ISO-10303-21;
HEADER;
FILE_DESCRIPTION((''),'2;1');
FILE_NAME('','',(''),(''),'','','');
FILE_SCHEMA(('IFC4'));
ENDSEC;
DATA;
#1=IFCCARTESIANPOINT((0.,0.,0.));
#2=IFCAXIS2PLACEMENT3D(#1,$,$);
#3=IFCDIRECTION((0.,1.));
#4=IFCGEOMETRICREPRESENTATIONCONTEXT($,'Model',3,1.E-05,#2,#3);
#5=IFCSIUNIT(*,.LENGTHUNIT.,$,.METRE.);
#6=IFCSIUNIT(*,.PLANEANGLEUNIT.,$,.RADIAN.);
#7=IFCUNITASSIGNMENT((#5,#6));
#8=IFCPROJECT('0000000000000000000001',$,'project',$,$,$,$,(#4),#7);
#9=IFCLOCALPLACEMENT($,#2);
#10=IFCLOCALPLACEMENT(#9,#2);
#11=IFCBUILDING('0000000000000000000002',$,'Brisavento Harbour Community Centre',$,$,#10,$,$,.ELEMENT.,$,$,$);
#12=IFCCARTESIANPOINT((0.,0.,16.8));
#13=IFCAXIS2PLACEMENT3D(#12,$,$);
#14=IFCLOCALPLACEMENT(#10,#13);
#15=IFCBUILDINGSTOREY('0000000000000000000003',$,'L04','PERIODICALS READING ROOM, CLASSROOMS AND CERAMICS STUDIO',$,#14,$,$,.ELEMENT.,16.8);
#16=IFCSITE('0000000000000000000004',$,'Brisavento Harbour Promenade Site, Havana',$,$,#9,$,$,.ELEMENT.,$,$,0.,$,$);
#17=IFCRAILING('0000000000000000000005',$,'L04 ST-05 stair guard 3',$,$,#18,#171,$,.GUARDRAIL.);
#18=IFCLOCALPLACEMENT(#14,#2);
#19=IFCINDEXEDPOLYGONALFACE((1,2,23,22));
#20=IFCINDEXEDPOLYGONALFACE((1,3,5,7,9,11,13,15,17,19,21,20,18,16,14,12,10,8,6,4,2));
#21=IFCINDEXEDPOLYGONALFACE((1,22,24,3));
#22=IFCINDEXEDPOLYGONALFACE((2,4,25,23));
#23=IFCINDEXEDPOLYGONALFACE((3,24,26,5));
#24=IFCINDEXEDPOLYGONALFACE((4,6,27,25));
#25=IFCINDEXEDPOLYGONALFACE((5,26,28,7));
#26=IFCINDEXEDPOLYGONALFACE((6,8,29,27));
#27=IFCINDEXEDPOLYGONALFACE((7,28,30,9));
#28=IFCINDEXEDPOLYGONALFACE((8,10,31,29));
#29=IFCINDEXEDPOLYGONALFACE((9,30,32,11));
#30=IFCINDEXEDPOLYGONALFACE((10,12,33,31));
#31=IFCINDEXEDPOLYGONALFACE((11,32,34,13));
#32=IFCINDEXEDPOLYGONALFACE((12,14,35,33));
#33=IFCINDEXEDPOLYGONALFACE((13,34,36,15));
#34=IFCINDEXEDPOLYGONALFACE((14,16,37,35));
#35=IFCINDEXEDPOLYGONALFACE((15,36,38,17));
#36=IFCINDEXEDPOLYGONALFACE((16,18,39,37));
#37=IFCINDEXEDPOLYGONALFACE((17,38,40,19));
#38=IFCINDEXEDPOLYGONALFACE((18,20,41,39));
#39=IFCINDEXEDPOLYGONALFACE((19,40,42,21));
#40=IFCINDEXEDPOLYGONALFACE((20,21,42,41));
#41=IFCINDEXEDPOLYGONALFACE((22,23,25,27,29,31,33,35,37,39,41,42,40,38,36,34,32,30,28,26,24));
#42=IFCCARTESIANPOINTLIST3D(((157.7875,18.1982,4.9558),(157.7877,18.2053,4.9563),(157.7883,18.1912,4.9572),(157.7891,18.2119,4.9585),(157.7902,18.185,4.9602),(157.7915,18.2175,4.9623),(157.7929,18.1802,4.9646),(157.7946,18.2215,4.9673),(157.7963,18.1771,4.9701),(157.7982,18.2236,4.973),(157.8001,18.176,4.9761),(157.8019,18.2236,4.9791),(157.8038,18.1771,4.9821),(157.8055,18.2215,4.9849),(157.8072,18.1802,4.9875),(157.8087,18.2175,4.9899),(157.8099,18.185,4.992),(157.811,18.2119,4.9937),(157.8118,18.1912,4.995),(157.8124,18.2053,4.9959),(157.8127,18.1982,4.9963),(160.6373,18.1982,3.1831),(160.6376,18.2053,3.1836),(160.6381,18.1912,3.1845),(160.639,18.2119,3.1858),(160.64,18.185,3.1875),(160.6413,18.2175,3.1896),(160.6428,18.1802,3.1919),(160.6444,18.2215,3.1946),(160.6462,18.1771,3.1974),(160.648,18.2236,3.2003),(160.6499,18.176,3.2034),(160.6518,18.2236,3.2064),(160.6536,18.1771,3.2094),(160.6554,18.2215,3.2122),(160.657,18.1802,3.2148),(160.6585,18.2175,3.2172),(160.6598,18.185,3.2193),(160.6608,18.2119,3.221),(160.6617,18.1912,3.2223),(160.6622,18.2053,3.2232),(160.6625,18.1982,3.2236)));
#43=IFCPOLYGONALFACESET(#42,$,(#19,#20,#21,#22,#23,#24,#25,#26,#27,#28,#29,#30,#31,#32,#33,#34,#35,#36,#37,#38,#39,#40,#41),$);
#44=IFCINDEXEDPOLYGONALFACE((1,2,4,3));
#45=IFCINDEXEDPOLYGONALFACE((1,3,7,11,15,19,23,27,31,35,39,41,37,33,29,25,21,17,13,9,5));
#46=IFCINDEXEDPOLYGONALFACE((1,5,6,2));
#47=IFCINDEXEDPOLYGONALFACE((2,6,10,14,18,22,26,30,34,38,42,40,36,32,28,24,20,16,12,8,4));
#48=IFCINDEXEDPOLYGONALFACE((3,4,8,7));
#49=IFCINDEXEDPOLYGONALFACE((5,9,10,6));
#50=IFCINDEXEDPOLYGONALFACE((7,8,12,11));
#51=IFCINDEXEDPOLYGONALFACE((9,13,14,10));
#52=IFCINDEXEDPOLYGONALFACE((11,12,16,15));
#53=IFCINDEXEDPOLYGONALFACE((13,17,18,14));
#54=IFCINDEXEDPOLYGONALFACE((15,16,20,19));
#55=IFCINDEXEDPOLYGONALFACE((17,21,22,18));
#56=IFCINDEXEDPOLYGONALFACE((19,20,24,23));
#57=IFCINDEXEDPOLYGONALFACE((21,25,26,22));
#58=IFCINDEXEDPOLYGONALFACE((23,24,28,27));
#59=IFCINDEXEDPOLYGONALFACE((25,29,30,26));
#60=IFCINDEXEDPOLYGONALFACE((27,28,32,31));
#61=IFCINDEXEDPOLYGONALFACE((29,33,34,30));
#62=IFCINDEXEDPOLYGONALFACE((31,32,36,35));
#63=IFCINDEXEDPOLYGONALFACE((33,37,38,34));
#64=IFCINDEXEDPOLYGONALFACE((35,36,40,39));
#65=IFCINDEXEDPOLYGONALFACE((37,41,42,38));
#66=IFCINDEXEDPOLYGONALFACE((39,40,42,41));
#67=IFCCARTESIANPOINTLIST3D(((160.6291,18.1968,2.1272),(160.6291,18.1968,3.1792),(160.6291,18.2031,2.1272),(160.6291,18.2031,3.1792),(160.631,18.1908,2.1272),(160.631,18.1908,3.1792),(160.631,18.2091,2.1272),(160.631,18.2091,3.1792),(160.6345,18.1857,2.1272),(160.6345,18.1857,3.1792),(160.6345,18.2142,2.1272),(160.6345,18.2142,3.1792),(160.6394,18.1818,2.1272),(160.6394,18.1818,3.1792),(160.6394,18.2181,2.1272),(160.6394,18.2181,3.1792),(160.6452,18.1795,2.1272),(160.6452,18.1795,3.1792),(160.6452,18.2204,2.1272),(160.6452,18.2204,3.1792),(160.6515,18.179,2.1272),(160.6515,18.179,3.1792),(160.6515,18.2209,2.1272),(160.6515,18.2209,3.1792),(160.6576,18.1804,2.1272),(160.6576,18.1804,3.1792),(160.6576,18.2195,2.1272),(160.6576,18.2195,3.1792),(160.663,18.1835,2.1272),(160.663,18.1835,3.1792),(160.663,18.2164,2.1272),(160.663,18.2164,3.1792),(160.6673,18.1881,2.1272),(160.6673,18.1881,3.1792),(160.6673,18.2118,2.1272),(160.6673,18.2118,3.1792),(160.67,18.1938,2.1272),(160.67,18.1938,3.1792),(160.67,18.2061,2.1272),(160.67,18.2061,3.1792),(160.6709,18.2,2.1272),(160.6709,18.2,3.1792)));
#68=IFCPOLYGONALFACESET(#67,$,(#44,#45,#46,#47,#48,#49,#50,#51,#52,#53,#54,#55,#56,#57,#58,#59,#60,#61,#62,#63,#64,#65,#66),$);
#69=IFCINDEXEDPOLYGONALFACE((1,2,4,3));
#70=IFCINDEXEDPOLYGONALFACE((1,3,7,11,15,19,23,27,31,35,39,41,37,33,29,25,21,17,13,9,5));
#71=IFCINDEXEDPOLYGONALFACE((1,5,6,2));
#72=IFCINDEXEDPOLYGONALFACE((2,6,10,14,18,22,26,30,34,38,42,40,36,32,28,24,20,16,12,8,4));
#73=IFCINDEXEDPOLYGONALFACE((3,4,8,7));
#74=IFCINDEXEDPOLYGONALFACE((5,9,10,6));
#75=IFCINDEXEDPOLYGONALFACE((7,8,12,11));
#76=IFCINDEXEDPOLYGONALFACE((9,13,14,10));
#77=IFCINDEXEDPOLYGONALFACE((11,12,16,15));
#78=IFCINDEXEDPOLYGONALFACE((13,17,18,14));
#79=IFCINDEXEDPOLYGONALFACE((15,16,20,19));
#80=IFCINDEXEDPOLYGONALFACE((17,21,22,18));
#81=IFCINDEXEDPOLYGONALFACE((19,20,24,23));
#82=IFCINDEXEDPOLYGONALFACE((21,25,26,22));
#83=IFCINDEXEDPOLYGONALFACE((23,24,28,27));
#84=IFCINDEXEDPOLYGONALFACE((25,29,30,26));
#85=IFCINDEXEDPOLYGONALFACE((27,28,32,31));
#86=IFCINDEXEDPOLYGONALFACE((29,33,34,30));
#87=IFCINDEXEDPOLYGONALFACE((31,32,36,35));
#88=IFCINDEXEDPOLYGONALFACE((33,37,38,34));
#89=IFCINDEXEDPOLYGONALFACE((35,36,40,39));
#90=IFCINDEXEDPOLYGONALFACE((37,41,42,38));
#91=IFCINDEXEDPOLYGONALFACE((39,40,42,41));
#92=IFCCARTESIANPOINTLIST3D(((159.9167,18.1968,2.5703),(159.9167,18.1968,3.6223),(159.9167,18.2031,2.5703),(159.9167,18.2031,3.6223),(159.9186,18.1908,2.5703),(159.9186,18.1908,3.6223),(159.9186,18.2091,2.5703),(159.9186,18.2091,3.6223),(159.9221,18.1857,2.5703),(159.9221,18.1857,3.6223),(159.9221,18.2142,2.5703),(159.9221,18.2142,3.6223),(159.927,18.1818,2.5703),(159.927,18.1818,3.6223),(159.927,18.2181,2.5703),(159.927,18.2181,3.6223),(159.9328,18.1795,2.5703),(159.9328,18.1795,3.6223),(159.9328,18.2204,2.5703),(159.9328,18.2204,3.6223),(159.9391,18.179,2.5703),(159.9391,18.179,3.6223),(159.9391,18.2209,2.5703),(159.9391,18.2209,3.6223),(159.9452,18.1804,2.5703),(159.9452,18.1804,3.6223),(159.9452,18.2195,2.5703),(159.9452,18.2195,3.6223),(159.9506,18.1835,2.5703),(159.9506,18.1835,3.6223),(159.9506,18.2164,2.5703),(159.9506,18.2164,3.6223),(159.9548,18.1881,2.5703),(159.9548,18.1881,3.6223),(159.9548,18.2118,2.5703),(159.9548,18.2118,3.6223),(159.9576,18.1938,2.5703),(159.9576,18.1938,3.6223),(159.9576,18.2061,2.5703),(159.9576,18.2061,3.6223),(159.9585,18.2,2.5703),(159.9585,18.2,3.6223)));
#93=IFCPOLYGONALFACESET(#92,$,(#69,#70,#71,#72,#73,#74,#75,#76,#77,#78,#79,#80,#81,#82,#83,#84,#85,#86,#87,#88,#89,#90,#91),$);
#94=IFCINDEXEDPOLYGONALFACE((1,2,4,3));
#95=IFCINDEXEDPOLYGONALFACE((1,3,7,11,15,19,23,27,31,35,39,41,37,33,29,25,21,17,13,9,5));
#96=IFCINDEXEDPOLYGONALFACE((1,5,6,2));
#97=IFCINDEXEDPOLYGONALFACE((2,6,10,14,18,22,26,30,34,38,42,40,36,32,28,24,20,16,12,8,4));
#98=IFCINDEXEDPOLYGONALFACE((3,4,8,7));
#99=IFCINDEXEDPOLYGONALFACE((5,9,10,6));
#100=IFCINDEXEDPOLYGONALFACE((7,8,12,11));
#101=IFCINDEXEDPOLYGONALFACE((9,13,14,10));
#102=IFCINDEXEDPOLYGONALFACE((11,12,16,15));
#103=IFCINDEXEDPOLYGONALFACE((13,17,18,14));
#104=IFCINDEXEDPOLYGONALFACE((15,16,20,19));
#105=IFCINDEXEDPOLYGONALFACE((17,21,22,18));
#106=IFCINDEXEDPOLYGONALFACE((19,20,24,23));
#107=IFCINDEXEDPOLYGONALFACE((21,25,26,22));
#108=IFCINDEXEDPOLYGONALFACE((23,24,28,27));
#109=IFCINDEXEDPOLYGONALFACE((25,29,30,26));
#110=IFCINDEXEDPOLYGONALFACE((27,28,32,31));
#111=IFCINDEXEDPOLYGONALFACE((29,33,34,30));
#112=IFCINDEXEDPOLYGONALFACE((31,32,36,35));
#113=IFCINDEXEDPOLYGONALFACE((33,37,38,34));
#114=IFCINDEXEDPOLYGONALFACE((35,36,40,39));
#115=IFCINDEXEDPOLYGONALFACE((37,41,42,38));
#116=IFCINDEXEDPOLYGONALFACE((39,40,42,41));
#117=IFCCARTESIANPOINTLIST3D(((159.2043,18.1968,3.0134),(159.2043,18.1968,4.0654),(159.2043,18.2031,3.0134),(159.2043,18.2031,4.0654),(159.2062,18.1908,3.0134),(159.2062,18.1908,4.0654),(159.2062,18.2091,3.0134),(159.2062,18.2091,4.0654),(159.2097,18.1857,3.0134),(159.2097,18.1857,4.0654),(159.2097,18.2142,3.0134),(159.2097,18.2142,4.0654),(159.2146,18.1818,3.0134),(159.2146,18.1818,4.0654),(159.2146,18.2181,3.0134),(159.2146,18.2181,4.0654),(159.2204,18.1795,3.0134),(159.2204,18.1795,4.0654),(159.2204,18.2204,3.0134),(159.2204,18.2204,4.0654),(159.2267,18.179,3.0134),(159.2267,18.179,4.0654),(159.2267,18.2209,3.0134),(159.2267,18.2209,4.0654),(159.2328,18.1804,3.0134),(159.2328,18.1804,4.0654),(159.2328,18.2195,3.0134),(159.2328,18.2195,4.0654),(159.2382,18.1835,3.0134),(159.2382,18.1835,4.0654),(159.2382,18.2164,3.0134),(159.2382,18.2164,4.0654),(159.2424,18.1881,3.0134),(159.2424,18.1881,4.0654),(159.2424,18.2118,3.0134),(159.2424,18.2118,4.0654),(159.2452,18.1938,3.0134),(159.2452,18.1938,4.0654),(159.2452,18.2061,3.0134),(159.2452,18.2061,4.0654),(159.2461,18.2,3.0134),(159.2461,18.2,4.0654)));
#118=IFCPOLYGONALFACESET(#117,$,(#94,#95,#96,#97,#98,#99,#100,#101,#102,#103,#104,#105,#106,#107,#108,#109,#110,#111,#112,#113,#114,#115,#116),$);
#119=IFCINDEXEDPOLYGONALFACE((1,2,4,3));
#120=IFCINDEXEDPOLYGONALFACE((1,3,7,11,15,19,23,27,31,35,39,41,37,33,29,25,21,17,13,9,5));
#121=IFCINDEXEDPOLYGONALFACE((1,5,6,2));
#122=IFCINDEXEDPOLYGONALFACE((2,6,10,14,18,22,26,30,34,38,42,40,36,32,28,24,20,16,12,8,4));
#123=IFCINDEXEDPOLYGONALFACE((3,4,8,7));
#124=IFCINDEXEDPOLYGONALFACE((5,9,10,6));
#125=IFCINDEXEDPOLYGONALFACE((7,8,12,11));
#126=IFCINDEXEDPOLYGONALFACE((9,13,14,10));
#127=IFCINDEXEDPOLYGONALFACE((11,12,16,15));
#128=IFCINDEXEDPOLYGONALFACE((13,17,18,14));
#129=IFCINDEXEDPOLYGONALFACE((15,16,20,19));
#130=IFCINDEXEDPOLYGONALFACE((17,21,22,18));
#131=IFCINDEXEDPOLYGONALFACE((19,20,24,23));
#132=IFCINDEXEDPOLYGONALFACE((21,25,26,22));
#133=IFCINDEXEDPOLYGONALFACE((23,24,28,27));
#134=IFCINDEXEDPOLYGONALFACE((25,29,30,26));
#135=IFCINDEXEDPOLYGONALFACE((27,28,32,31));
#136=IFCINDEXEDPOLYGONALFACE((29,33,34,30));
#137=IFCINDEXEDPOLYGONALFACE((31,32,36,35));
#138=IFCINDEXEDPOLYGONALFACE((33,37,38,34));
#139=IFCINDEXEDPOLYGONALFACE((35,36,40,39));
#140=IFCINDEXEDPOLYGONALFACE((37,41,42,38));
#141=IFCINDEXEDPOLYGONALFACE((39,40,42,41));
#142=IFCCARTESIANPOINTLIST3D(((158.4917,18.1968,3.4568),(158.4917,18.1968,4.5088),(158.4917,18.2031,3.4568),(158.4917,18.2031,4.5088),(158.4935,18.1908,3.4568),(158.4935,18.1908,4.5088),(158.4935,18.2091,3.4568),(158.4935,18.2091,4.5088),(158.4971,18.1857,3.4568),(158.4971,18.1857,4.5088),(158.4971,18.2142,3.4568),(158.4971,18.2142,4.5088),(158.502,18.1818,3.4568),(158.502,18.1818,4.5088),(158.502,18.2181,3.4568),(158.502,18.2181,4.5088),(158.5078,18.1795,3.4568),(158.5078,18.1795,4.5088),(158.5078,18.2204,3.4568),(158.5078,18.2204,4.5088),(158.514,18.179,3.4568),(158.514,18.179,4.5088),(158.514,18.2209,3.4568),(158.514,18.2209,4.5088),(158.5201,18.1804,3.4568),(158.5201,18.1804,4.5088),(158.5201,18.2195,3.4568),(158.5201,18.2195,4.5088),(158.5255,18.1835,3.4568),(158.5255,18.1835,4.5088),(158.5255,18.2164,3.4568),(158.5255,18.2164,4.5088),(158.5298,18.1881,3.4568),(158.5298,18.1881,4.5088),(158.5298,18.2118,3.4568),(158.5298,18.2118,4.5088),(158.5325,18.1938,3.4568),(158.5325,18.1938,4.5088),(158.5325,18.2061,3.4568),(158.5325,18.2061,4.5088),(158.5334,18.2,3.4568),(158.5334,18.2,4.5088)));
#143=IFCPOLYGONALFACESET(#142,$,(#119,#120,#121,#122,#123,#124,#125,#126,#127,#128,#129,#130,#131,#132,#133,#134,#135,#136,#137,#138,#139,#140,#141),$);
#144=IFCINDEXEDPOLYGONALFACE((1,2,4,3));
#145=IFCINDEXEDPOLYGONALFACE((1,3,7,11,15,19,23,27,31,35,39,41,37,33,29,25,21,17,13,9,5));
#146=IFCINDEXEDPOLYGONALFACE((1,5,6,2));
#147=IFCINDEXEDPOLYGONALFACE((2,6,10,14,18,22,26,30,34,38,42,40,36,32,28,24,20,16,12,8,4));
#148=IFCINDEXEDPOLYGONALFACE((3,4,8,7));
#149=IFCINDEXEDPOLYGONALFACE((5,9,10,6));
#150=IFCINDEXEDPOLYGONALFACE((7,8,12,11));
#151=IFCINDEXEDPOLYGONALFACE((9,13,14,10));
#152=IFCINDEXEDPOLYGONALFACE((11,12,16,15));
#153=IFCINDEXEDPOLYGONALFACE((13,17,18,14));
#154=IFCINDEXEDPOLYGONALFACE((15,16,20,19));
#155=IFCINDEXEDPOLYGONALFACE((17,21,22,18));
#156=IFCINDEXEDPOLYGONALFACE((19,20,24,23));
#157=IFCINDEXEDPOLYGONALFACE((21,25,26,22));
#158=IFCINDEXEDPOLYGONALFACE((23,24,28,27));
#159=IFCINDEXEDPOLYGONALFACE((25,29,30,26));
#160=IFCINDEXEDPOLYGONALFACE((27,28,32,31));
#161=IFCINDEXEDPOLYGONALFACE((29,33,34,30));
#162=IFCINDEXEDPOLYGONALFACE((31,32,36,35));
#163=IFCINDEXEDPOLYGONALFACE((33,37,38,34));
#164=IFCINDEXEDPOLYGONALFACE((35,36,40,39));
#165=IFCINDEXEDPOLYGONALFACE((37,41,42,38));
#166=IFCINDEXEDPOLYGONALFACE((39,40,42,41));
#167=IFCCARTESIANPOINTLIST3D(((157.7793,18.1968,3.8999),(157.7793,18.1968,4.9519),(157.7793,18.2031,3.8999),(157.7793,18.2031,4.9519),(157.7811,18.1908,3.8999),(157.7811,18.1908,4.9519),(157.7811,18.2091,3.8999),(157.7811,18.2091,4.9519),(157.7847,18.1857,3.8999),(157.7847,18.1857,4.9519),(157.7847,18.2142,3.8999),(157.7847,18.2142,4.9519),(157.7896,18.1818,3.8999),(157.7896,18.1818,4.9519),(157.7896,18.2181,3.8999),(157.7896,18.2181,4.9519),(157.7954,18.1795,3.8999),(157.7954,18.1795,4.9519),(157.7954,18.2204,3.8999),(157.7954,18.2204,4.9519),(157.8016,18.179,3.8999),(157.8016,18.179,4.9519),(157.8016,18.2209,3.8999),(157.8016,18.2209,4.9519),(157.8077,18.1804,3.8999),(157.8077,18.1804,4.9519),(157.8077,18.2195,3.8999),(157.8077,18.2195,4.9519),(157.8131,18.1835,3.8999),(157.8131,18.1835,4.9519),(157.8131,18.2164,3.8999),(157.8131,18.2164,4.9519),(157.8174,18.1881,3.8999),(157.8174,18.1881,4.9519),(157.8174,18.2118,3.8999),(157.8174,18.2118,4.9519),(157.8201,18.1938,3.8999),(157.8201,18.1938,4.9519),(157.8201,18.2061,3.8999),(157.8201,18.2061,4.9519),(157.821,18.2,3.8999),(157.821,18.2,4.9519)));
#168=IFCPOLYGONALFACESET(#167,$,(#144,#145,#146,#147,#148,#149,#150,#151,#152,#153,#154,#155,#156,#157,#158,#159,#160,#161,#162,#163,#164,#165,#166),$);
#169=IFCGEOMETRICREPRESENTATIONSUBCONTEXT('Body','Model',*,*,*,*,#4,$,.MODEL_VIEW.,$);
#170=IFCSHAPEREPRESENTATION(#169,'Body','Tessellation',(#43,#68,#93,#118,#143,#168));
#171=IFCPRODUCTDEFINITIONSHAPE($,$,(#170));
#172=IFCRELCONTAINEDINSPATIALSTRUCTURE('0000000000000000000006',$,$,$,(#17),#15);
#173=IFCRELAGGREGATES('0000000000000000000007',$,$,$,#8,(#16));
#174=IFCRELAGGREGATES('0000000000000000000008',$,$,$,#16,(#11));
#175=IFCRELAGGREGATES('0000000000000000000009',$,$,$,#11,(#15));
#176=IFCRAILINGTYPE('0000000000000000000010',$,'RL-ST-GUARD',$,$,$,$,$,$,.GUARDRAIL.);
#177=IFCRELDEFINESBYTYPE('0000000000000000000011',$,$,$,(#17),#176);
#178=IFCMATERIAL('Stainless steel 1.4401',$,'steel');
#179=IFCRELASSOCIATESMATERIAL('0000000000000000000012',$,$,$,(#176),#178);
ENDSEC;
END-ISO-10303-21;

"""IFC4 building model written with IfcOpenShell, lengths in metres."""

from ifc_helpers import new_model, si_unit, direction, frame, origin, origin_2d, place, context, subcontext, project, spatial, circle, extrude, material, type_object, element, save


model = new_model("IFC4")

# Units and contexts
model_context = context("Model", 3, precision=1e-05, world=origin(), true_north=direction((0.0, 1.0)))
body_context = subcontext(model_context, "Body", "Model", "MODEL_VIEW")
ifc_project = project(units=[si_unit("LENGTHUNIT", "METRE"), si_unit("PLANEANGLEUNIT", "RADIAN")], contexts=[model_context])

# Site, building, storey
site_placement = place(None, origin())
site = spatial("IfcSite", under=ifc_project, at=site_placement, Name="Brisavento Harbour Promenade Site, Havana", CompositionType="ELEMENT", RefElevation=0.0)
building_placement = place(site_placement, origin())
building = spatial("IfcBuilding", under=site, at=building_placement, Name="Brisavento Harbour Community Centre", CompositionType="ELEMENT")
storey_placement = place(building_placement, frame((0.0, 0.0, 16.8)))
storey = spatial("IfcBuildingStorey", under=building, at=storey_placement, Name="L04", Description="PERIODICALS READING ROOM, CLASSROOMS AND CERAMICS STUDIO", CompositionType="ELEMENT", Elevation=16.8)

# Railing
ifc_material_1 = material(Name="Stainless steel 1.4401", Category="steel")
railing_type_1 = type_object("IfcRailingType", Name="RL-ST-GUARD", PredefinedType="GUARDRAIL", material=ifc_material_1)
railing_1_placement = place(storey_placement, frame((160.6499, 18.2, 2.1272)))
element("IfcRailing", 1, at=railing_1_placement, inside=storey, type_object=railing_type_1, Name="L04 ST-05 stair guard 3", PredefinedType="GUARDRAIL", context=body_context, shape_type="SweptSolid", body=[
    extrude(circle(Radius=0.0239, at=origin_2d()), frame((0.0, 0.0, 1.0762), z_axis=(-0.849128, 0.0, 0.528187), x_axis=(0.0, -1.0, 0.0)), (0.0, 0.0, 1.0), 3.3562),
    extrude(circle(Radius=0.021, at=origin_2d()), origin(), (0.0, 0.0, 1.0), 1.052),
    extrude(circle(Radius=0.021, at=origin_2d()), frame((-0.7124, 0.0, 0.4431)), (0.0, 0.0, 1.0), 1.052),
    extrude(circle(Radius=0.021, at=origin_2d()), frame((-1.4248, 0.0, 0.8862)), (0.0, 0.0, 1.0), 1.052),
    extrude(circle(Radius=0.021, at=origin_2d()), frame((-2.1375, 0.0, 1.3296)), (0.0, 0.0, 1.0), 1.052),
    extrude(circle(Radius=0.021, at=origin_2d()), frame((-2.8499, 0.0, 1.7727)), (0.0, 0.0, 1.0), 1.052),
])

save(model, "model.ifc")
